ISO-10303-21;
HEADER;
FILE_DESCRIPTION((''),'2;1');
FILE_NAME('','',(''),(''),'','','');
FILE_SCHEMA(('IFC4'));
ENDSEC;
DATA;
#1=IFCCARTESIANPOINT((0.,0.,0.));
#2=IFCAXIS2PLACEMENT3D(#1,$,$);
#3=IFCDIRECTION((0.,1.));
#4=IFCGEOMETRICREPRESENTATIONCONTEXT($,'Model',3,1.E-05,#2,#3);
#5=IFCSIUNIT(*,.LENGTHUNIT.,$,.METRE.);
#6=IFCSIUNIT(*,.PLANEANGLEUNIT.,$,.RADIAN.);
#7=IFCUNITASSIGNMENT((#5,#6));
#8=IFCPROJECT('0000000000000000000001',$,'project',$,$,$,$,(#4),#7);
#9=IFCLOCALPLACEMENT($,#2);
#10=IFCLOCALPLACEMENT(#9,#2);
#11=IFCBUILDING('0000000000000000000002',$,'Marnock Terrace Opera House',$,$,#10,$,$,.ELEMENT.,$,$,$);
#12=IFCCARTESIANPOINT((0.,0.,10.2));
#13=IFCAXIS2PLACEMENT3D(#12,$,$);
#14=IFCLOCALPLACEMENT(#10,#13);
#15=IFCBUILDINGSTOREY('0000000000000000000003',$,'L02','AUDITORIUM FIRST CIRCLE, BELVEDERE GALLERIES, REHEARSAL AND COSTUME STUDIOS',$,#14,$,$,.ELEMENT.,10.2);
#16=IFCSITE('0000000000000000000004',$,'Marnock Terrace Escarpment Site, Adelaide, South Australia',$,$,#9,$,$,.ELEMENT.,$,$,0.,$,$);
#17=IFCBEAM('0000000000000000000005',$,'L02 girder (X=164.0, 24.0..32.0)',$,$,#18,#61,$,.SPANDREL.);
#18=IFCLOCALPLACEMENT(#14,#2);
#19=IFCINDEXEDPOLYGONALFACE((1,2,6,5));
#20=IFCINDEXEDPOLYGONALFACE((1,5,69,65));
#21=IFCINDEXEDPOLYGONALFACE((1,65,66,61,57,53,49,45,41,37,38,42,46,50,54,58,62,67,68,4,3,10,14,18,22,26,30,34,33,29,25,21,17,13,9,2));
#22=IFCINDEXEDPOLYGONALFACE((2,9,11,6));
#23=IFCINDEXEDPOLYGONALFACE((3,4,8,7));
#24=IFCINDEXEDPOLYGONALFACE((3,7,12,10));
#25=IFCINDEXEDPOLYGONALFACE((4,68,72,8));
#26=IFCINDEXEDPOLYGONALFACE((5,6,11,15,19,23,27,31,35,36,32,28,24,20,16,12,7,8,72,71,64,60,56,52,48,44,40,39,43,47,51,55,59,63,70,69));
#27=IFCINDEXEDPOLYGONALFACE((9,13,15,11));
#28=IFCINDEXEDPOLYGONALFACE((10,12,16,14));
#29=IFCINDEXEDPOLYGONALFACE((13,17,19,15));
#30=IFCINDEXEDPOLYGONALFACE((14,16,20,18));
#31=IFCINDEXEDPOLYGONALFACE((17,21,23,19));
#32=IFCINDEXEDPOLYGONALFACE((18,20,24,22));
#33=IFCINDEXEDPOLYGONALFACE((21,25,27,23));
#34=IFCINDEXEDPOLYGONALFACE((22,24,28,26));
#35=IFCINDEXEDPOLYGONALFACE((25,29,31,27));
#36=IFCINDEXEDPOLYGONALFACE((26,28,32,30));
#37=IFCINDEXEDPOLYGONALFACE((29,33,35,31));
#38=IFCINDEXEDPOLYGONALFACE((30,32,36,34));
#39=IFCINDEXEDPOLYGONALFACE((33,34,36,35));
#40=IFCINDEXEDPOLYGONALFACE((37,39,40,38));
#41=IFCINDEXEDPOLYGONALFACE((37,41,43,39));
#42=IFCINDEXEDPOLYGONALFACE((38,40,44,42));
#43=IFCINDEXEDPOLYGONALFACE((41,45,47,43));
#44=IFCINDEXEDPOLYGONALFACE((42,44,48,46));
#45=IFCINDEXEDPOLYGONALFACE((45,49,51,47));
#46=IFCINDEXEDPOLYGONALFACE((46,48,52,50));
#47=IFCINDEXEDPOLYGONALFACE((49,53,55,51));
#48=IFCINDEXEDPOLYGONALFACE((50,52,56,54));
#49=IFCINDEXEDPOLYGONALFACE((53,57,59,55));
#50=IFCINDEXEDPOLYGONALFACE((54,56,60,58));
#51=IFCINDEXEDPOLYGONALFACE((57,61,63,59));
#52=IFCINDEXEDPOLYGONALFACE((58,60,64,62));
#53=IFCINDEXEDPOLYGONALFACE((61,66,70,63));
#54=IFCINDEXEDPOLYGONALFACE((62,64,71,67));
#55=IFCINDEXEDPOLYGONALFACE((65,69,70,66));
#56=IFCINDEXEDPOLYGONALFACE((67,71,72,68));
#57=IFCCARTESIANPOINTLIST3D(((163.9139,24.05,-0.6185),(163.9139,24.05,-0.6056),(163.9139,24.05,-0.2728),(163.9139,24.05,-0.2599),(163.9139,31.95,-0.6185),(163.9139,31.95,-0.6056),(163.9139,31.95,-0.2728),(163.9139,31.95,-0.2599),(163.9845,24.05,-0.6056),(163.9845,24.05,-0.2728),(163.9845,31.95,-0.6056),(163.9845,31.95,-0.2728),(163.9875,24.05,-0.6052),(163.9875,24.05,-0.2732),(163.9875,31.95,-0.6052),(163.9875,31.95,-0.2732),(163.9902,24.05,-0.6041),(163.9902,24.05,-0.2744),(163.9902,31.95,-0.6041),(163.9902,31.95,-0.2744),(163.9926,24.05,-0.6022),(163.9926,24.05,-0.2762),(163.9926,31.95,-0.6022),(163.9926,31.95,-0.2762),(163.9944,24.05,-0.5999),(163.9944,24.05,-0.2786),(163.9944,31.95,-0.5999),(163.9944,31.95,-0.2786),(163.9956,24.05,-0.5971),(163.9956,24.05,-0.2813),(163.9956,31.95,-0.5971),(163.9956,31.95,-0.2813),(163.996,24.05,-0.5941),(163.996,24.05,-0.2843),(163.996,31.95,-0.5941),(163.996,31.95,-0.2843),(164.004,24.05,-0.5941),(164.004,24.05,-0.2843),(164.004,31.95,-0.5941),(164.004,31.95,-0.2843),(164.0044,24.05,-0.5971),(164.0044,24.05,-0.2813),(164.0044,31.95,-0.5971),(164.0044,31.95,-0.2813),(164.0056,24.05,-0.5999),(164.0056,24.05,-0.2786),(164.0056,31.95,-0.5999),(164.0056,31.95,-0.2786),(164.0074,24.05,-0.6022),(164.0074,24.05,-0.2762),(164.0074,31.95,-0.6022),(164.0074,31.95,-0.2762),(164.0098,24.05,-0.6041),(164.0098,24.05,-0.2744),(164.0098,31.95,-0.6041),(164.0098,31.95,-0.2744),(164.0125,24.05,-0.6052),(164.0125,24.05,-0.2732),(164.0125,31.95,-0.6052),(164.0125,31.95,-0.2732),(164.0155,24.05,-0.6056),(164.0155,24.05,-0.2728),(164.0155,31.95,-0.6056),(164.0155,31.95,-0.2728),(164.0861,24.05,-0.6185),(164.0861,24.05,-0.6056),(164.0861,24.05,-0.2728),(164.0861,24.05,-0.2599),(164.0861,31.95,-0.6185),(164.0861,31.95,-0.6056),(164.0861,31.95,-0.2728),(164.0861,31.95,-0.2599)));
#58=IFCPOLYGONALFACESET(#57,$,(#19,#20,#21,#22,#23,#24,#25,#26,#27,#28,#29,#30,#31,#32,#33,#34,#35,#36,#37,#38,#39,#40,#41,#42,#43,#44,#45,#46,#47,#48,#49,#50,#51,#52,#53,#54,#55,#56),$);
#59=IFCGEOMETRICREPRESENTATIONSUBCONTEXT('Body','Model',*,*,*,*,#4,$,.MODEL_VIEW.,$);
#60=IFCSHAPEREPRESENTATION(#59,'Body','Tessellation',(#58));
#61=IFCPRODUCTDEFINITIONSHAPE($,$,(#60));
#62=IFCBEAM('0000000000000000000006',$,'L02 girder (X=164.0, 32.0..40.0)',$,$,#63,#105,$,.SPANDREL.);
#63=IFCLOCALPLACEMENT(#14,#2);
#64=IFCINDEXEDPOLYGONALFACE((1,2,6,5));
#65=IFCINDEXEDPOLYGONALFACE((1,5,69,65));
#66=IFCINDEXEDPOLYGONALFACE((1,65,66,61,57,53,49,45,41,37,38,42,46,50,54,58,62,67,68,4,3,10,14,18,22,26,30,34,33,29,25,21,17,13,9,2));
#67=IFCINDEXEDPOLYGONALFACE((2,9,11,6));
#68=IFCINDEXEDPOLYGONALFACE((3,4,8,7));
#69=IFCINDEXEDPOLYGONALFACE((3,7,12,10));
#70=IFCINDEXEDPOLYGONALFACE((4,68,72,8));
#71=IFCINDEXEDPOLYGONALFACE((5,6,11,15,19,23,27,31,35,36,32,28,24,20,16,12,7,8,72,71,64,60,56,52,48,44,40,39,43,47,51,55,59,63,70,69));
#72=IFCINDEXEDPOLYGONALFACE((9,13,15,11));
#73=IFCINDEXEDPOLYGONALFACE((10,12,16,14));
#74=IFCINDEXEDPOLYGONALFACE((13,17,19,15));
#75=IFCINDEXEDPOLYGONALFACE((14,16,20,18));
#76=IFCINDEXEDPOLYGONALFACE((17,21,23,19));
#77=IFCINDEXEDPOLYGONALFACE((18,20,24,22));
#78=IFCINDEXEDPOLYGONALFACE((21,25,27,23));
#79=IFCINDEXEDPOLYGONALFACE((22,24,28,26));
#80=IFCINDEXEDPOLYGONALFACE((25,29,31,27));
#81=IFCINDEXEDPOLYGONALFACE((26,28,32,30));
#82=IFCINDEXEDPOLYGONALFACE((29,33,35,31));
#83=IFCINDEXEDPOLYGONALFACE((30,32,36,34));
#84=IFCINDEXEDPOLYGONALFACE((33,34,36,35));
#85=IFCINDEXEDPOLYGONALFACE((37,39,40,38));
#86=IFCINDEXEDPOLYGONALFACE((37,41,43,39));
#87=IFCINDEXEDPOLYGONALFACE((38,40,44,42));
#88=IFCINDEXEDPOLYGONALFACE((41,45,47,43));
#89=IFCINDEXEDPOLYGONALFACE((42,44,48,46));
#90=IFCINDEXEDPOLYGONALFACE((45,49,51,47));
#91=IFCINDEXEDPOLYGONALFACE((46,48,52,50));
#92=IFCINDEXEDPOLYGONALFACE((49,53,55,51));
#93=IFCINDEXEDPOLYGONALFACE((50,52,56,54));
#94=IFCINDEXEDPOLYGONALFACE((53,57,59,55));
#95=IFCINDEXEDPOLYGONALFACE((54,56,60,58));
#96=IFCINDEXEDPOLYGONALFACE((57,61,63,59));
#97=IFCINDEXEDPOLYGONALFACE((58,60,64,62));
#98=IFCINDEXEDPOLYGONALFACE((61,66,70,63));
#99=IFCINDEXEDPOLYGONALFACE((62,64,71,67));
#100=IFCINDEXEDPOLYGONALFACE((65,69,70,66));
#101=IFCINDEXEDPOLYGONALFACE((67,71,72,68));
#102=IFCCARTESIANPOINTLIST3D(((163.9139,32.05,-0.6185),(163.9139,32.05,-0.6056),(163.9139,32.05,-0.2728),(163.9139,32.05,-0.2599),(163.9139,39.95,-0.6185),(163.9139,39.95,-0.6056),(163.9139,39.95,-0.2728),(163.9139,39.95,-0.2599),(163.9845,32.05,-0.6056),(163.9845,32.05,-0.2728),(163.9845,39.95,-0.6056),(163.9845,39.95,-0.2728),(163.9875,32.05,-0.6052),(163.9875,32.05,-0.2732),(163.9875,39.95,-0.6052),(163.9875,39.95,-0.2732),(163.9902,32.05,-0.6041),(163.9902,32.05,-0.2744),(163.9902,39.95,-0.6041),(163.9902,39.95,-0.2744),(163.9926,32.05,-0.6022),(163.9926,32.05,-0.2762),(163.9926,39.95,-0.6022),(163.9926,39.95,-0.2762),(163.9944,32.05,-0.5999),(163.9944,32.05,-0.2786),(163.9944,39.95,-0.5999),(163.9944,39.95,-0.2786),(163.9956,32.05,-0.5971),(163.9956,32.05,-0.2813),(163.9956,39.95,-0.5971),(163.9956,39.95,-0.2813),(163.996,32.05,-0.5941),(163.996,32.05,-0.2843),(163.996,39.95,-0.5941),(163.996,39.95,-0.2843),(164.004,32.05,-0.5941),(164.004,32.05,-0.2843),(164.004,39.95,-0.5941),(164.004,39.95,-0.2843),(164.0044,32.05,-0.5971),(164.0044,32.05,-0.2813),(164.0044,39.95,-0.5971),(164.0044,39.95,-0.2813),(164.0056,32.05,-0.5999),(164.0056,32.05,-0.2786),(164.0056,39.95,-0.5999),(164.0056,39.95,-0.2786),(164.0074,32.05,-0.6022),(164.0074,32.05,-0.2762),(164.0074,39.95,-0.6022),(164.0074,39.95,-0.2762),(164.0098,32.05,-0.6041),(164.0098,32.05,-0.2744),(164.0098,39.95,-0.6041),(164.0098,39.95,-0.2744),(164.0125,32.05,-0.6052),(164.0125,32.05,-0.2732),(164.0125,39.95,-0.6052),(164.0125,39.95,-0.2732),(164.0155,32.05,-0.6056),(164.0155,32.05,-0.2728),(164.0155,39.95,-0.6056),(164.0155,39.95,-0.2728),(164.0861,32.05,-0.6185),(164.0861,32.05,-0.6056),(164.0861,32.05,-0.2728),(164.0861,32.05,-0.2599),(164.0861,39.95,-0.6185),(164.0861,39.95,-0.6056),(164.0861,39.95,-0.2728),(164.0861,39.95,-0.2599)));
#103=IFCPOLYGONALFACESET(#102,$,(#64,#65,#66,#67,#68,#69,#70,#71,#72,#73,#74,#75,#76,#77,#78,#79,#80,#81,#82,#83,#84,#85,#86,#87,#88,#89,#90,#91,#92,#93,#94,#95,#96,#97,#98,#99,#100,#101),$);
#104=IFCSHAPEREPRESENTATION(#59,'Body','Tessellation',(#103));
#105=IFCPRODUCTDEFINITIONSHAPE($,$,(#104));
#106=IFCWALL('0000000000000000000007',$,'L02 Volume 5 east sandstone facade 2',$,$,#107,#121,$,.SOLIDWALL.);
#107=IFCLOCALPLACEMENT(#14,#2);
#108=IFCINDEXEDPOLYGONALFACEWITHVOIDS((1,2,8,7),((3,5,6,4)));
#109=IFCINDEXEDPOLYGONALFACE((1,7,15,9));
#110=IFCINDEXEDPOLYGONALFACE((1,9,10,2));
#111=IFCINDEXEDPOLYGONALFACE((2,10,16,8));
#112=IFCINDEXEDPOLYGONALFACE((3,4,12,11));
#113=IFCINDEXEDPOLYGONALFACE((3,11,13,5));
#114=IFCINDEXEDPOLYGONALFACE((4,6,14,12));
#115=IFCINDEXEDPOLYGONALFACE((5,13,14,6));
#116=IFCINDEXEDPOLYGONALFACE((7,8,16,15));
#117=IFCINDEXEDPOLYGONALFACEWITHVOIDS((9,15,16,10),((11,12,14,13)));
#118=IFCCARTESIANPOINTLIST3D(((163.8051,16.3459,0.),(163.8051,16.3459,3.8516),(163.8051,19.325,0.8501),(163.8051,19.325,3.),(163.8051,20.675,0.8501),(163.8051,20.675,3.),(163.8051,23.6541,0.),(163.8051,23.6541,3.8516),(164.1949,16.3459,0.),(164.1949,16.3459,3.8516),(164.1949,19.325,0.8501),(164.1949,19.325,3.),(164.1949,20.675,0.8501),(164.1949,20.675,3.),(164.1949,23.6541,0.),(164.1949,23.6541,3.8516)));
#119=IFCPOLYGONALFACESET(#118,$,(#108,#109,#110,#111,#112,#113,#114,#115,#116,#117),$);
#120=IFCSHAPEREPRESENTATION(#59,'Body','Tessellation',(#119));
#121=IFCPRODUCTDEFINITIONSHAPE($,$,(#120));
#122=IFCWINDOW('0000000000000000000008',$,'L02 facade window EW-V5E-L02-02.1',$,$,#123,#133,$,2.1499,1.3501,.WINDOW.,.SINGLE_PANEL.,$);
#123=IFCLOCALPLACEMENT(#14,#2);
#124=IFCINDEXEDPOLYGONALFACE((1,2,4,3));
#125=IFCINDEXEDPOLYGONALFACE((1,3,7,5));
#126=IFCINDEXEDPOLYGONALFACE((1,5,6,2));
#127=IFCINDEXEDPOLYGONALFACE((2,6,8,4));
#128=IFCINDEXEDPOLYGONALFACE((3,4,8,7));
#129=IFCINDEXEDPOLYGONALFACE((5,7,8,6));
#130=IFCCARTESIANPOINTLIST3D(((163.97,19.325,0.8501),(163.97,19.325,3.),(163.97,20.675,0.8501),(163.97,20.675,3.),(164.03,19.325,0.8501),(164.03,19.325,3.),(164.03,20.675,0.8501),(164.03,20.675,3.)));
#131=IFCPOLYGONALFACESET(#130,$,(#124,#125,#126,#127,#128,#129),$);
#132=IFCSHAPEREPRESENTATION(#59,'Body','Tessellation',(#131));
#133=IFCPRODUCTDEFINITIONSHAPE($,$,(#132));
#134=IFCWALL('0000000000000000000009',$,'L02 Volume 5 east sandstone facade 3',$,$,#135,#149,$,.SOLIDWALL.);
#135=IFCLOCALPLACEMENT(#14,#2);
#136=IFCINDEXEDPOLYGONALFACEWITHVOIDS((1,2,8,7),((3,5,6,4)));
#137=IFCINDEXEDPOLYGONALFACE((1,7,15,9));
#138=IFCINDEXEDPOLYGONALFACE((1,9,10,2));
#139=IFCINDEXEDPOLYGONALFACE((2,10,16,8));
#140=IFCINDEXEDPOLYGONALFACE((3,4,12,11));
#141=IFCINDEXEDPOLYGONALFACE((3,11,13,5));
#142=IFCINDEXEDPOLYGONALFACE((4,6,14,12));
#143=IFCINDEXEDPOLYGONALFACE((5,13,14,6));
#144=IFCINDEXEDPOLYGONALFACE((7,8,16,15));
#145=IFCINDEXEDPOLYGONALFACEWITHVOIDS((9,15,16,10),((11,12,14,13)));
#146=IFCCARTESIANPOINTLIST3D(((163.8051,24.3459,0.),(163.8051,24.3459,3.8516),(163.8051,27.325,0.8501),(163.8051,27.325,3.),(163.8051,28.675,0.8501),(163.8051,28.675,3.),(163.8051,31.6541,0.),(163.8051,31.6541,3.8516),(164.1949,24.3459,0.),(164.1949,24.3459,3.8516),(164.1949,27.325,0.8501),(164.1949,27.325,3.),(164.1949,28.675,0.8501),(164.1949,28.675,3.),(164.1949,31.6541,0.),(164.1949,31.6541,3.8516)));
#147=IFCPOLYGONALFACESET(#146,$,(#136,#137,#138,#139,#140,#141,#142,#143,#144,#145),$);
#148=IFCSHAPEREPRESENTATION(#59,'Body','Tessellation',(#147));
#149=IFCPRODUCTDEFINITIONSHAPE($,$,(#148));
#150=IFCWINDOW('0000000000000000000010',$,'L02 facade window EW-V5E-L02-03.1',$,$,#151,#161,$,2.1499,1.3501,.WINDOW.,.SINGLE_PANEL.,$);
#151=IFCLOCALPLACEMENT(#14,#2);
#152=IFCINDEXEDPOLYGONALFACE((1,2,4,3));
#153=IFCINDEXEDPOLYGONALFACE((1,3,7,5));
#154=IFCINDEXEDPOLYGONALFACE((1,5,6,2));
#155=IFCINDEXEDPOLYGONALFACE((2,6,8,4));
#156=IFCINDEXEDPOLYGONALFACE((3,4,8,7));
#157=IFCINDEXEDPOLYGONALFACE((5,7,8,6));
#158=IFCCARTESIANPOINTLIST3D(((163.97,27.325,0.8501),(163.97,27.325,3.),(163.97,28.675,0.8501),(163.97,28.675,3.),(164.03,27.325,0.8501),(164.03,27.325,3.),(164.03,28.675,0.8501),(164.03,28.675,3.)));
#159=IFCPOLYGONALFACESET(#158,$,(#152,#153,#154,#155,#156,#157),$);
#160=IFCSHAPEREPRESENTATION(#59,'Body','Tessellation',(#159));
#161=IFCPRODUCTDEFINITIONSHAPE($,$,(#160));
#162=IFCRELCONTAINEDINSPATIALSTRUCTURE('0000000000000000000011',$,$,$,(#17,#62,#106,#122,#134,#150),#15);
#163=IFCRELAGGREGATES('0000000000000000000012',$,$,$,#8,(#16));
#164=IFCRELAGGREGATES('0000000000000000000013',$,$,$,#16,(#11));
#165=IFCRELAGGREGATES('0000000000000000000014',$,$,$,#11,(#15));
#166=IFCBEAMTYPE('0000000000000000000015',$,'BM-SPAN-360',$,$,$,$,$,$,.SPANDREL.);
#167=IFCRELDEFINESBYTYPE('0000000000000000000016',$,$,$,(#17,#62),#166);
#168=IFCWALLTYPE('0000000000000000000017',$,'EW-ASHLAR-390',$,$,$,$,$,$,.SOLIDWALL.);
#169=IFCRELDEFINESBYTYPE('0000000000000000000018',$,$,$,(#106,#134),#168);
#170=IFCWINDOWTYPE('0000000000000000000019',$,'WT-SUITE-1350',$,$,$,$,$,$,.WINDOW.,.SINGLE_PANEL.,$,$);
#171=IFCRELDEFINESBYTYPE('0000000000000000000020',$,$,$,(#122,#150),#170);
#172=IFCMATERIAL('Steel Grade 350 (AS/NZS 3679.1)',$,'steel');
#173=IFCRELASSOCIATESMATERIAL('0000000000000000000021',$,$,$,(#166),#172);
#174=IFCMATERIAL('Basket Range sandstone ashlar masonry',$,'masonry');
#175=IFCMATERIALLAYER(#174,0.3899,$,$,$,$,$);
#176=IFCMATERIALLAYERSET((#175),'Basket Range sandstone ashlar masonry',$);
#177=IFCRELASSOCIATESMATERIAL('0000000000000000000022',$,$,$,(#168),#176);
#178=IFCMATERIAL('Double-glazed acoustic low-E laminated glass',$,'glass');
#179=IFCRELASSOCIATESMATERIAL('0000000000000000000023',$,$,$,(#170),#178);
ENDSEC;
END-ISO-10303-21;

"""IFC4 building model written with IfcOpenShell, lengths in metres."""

from ifc_helpers import new_model, si_unit, direction, frame, frame_2d, origin, origin_2d, place, context, subcontext, project, spatial, rectangle, i_section, extrude, material, layer, layer_set, material_profile, profile_set, type_object, element, fill, save


model = new_model("IFC4")

# Units and contexts
model_context = context("Model", 3, precision=1e-05, world=origin(), true_north=direction((0.0, 1.0)))
body_context = subcontext(model_context, "Body", "Model", "MODEL_VIEW")
ifc_project = project(units=[si_unit("LENGTHUNIT", "METRE"), si_unit("PLANEANGLEUNIT", "RADIAN")], contexts=[model_context])

# Site, building, storey
site_placement = place(None, origin())
site = spatial("IfcSite", under=ifc_project, at=site_placement, Name="Marnock Terrace Escarpment Site, Adelaide, South Australia", CompositionType="ELEMENT", RefElevation=0.0)
building_placement = place(site_placement, origin())
building = spatial("IfcBuilding", under=site, at=building_placement, Name="Marnock Terrace Opera House", CompositionType="ELEMENT")
storey_placement = place(building_placement, frame((0.0, 0.0, 10.2)))
storey = spatial("IfcBuildingStorey", under=building, at=storey_placement, Name="L02", Description="AUDITORIUM FIRST CIRCLE, BELVEDERE GALLERIES, REHEARSAL AND COSTUME STUDIOS", CompositionType="ELEMENT", Elevation=10.2)

# Shared definitions
ifc_material_1 = material(Name="Steel Grade 350 (AS/NZS 3679.1)", Category="steel")

# Beams
ifc_material_profile_1 = material_profile(ifc_material_1, i_section(OverallWidth=0.1721, OverallDepth=0.3586, WebThickness=0.0081, FlangeThickness=0.0129, FilletRadius=0.0115, at=origin_2d()))
ifc_profile_set_1 = profile_set([ifc_material_profile_1], Name="Steel Grade 350 (AS/NZS 3679.1)")
beam_type_1 = type_object("IfcBeamType", Name="BM-SPAN-360", PredefinedType="SPANDREL", material=ifc_profile_set_1)
for number, where, z_axis, x_axis, name in (
    (1, (164.0, 24.05, -0.4392), (0.0, 1.0, 0.0), (-1.0, 0.0, 0.0), "L02 girder (X=164.0, 24.0..32.0)"),
    (2, (164.0, 32.05, -0.4392), (0.0, 1.0, 0.0), (-1.0, 0.0, 0.0), "L02 girder (X=164.0, 32.0..40.0)"),
):
    element("IfcBeam", number, at=place(storey_placement, frame(where, z_axis=z_axis, x_axis=x_axis)), inside=storey, type_object=beam_type_1, Name=name, PredefinedType="SPANDREL", context=body_context, shape_type="SweptSolid", body=[
        extrude(i_section(OverallWidth=0.1721, OverallDepth=0.3586, WebThickness=0.0081, FlangeThickness=0.0129, FilletRadius=0.0115, at=origin_2d()), origin(), (0.0, 0.0, 1.0), 7.8999),
    ])

# Walls, openings, windows
ifc_material_2 = material(Name="Basket Range sandstone ashlar masonry", Category="masonry")
ifc_layer = layer(ifc_material_2, 0.3899)
ifc_layer_set = layer_set([ifc_layer], Name="Basket Range sandstone ashlar masonry")
wall_type = type_object("IfcWallType", Name="EW-ASHLAR-390", PredefinedType="SOLIDWALL", material=ifc_layer_set)
wall_1_placement = place(storey_placement, frame((164.0, 16.3459, 0.0), z_axis=(0.0, 0.0, 1.0), x_axis=(0.0, 1.0, 0.0)))
wall_1 = element("IfcWall", 3, at=wall_1_placement, inside=storey, type_object=wall_type, Name="L02 Volume 5 east sandstone facade 2", PredefinedType="SOLIDWALL", context=body_context, shape_type="SweptSolid", body=[
    extrude(rectangle(XDim=7.3081, YDim=0.3899, at=frame_2d((3.6541, 0.0))), origin(), (0.0, 0.0, 1.0), 3.8516),
])
opening_1_placement = place(wall_1_placement, frame((2.979, 0.0, 0.8501)))
opening_1 = element("IfcOpeningElement", 4, at=opening_1_placement, cuts=wall_1, PredefinedType="OPENING", context=body_context, shape_type="SweptSolid", body=[
    extrude(rectangle(XDim=1.3501, YDim=2.1499, at=frame_2d((0.675, 1.075))), frame((0.0, 0.2048, 0.0), z_axis=(0.0, -1.0, 0.0), x_axis=(1.0, 0.0, 0.0)), (0.0, 0.0, 1.0), 0.4099),
])
ifc_material_3 = material(Name="Double-glazed acoustic low-E laminated glass", Category="glass")
window_type = type_object("IfcWindowType", Name="WT-SUITE-1350", PartitioningType="SINGLE_PANEL", PredefinedType="WINDOW", material=ifc_material_3)
window_1_placement = place(opening_1_placement, origin())
window_1 = element("IfcWindow", 5, at=window_1_placement, inside=storey, type_object=window_type, Name="L02 facade window EW-V5E-L02-02.1", OverallHeight=2.1499, OverallWidth=1.3501, PartitioningType="SINGLE_PANEL", PredefinedType="WINDOW", context=body_context, shape_type="SweptSolid", body=[
    extrude(rectangle(XDim=1.3501, YDim=2.1499, at=frame_2d((0.675, 1.075))), frame((0.0, 0.03, 0.0), z_axis=(0.0, -1.0, 0.0), x_axis=(1.0, 0.0, 0.0)), (0.0, 0.0, 1.0), 0.0601),
])
fill(opening_1, window_1)
wall_2_placement = place(storey_placement, frame((164.0, 24.3459, 0.0), z_axis=(0.0, 0.0, 1.0), x_axis=(0.0, 1.0, 0.0)))
wall_2 = element("IfcWall", 6, at=wall_2_placement, inside=storey, type_object=wall_type, Name="L02 Volume 5 east sandstone facade 3", PredefinedType="SOLIDWALL", context=body_context, shape_type="SweptSolid", body=[
    extrude(rectangle(XDim=7.3081, YDim=0.3899, at=frame_2d((3.6541, 0.0))), origin(), (0.0, 0.0, 1.0), 3.8516),
])
opening_2_placement = place(wall_2_placement, frame((2.979, 0.0, 0.8501)))
opening_2 = element("IfcOpeningElement", 7, at=opening_2_placement, cuts=wall_2, PredefinedType="OPENING", context=body_context, shape_type="SweptSolid", body=[
    extrude(rectangle(XDim=1.3501, YDim=2.1499, at=frame_2d((0.675, 1.075))), frame((0.0, 0.2048, 0.0), z_axis=(0.0, -1.0, 0.0), x_axis=(1.0, 0.0, 0.0)), (0.0, 0.0, 1.0), 0.4099),
])
window_2_placement = place(opening_2_placement, origin())
window_2 = element("IfcWindow", 8, at=window_2_placement, inside=storey, type_object=window_type, Name="L02 facade window EW-V5E-L02-03.1", OverallHeight=2.1499, OverallWidth=1.3501, PartitioningType="SINGLE_PANEL", PredefinedType="WINDOW", context=body_context, shape_type="SweptSolid", body=[
    extrude(rectangle(XDim=1.3501, YDim=2.1499, at=frame_2d((0.675, 1.075))), frame((0.0, 0.03, 0.0), z_axis=(0.0, -1.0, 0.0), x_axis=(1.0, 0.0, 0.0)), (0.0, 0.0, 1.0), 0.0601),
])
fill(opening_2, window_2)

save(model, "model.ifc")
